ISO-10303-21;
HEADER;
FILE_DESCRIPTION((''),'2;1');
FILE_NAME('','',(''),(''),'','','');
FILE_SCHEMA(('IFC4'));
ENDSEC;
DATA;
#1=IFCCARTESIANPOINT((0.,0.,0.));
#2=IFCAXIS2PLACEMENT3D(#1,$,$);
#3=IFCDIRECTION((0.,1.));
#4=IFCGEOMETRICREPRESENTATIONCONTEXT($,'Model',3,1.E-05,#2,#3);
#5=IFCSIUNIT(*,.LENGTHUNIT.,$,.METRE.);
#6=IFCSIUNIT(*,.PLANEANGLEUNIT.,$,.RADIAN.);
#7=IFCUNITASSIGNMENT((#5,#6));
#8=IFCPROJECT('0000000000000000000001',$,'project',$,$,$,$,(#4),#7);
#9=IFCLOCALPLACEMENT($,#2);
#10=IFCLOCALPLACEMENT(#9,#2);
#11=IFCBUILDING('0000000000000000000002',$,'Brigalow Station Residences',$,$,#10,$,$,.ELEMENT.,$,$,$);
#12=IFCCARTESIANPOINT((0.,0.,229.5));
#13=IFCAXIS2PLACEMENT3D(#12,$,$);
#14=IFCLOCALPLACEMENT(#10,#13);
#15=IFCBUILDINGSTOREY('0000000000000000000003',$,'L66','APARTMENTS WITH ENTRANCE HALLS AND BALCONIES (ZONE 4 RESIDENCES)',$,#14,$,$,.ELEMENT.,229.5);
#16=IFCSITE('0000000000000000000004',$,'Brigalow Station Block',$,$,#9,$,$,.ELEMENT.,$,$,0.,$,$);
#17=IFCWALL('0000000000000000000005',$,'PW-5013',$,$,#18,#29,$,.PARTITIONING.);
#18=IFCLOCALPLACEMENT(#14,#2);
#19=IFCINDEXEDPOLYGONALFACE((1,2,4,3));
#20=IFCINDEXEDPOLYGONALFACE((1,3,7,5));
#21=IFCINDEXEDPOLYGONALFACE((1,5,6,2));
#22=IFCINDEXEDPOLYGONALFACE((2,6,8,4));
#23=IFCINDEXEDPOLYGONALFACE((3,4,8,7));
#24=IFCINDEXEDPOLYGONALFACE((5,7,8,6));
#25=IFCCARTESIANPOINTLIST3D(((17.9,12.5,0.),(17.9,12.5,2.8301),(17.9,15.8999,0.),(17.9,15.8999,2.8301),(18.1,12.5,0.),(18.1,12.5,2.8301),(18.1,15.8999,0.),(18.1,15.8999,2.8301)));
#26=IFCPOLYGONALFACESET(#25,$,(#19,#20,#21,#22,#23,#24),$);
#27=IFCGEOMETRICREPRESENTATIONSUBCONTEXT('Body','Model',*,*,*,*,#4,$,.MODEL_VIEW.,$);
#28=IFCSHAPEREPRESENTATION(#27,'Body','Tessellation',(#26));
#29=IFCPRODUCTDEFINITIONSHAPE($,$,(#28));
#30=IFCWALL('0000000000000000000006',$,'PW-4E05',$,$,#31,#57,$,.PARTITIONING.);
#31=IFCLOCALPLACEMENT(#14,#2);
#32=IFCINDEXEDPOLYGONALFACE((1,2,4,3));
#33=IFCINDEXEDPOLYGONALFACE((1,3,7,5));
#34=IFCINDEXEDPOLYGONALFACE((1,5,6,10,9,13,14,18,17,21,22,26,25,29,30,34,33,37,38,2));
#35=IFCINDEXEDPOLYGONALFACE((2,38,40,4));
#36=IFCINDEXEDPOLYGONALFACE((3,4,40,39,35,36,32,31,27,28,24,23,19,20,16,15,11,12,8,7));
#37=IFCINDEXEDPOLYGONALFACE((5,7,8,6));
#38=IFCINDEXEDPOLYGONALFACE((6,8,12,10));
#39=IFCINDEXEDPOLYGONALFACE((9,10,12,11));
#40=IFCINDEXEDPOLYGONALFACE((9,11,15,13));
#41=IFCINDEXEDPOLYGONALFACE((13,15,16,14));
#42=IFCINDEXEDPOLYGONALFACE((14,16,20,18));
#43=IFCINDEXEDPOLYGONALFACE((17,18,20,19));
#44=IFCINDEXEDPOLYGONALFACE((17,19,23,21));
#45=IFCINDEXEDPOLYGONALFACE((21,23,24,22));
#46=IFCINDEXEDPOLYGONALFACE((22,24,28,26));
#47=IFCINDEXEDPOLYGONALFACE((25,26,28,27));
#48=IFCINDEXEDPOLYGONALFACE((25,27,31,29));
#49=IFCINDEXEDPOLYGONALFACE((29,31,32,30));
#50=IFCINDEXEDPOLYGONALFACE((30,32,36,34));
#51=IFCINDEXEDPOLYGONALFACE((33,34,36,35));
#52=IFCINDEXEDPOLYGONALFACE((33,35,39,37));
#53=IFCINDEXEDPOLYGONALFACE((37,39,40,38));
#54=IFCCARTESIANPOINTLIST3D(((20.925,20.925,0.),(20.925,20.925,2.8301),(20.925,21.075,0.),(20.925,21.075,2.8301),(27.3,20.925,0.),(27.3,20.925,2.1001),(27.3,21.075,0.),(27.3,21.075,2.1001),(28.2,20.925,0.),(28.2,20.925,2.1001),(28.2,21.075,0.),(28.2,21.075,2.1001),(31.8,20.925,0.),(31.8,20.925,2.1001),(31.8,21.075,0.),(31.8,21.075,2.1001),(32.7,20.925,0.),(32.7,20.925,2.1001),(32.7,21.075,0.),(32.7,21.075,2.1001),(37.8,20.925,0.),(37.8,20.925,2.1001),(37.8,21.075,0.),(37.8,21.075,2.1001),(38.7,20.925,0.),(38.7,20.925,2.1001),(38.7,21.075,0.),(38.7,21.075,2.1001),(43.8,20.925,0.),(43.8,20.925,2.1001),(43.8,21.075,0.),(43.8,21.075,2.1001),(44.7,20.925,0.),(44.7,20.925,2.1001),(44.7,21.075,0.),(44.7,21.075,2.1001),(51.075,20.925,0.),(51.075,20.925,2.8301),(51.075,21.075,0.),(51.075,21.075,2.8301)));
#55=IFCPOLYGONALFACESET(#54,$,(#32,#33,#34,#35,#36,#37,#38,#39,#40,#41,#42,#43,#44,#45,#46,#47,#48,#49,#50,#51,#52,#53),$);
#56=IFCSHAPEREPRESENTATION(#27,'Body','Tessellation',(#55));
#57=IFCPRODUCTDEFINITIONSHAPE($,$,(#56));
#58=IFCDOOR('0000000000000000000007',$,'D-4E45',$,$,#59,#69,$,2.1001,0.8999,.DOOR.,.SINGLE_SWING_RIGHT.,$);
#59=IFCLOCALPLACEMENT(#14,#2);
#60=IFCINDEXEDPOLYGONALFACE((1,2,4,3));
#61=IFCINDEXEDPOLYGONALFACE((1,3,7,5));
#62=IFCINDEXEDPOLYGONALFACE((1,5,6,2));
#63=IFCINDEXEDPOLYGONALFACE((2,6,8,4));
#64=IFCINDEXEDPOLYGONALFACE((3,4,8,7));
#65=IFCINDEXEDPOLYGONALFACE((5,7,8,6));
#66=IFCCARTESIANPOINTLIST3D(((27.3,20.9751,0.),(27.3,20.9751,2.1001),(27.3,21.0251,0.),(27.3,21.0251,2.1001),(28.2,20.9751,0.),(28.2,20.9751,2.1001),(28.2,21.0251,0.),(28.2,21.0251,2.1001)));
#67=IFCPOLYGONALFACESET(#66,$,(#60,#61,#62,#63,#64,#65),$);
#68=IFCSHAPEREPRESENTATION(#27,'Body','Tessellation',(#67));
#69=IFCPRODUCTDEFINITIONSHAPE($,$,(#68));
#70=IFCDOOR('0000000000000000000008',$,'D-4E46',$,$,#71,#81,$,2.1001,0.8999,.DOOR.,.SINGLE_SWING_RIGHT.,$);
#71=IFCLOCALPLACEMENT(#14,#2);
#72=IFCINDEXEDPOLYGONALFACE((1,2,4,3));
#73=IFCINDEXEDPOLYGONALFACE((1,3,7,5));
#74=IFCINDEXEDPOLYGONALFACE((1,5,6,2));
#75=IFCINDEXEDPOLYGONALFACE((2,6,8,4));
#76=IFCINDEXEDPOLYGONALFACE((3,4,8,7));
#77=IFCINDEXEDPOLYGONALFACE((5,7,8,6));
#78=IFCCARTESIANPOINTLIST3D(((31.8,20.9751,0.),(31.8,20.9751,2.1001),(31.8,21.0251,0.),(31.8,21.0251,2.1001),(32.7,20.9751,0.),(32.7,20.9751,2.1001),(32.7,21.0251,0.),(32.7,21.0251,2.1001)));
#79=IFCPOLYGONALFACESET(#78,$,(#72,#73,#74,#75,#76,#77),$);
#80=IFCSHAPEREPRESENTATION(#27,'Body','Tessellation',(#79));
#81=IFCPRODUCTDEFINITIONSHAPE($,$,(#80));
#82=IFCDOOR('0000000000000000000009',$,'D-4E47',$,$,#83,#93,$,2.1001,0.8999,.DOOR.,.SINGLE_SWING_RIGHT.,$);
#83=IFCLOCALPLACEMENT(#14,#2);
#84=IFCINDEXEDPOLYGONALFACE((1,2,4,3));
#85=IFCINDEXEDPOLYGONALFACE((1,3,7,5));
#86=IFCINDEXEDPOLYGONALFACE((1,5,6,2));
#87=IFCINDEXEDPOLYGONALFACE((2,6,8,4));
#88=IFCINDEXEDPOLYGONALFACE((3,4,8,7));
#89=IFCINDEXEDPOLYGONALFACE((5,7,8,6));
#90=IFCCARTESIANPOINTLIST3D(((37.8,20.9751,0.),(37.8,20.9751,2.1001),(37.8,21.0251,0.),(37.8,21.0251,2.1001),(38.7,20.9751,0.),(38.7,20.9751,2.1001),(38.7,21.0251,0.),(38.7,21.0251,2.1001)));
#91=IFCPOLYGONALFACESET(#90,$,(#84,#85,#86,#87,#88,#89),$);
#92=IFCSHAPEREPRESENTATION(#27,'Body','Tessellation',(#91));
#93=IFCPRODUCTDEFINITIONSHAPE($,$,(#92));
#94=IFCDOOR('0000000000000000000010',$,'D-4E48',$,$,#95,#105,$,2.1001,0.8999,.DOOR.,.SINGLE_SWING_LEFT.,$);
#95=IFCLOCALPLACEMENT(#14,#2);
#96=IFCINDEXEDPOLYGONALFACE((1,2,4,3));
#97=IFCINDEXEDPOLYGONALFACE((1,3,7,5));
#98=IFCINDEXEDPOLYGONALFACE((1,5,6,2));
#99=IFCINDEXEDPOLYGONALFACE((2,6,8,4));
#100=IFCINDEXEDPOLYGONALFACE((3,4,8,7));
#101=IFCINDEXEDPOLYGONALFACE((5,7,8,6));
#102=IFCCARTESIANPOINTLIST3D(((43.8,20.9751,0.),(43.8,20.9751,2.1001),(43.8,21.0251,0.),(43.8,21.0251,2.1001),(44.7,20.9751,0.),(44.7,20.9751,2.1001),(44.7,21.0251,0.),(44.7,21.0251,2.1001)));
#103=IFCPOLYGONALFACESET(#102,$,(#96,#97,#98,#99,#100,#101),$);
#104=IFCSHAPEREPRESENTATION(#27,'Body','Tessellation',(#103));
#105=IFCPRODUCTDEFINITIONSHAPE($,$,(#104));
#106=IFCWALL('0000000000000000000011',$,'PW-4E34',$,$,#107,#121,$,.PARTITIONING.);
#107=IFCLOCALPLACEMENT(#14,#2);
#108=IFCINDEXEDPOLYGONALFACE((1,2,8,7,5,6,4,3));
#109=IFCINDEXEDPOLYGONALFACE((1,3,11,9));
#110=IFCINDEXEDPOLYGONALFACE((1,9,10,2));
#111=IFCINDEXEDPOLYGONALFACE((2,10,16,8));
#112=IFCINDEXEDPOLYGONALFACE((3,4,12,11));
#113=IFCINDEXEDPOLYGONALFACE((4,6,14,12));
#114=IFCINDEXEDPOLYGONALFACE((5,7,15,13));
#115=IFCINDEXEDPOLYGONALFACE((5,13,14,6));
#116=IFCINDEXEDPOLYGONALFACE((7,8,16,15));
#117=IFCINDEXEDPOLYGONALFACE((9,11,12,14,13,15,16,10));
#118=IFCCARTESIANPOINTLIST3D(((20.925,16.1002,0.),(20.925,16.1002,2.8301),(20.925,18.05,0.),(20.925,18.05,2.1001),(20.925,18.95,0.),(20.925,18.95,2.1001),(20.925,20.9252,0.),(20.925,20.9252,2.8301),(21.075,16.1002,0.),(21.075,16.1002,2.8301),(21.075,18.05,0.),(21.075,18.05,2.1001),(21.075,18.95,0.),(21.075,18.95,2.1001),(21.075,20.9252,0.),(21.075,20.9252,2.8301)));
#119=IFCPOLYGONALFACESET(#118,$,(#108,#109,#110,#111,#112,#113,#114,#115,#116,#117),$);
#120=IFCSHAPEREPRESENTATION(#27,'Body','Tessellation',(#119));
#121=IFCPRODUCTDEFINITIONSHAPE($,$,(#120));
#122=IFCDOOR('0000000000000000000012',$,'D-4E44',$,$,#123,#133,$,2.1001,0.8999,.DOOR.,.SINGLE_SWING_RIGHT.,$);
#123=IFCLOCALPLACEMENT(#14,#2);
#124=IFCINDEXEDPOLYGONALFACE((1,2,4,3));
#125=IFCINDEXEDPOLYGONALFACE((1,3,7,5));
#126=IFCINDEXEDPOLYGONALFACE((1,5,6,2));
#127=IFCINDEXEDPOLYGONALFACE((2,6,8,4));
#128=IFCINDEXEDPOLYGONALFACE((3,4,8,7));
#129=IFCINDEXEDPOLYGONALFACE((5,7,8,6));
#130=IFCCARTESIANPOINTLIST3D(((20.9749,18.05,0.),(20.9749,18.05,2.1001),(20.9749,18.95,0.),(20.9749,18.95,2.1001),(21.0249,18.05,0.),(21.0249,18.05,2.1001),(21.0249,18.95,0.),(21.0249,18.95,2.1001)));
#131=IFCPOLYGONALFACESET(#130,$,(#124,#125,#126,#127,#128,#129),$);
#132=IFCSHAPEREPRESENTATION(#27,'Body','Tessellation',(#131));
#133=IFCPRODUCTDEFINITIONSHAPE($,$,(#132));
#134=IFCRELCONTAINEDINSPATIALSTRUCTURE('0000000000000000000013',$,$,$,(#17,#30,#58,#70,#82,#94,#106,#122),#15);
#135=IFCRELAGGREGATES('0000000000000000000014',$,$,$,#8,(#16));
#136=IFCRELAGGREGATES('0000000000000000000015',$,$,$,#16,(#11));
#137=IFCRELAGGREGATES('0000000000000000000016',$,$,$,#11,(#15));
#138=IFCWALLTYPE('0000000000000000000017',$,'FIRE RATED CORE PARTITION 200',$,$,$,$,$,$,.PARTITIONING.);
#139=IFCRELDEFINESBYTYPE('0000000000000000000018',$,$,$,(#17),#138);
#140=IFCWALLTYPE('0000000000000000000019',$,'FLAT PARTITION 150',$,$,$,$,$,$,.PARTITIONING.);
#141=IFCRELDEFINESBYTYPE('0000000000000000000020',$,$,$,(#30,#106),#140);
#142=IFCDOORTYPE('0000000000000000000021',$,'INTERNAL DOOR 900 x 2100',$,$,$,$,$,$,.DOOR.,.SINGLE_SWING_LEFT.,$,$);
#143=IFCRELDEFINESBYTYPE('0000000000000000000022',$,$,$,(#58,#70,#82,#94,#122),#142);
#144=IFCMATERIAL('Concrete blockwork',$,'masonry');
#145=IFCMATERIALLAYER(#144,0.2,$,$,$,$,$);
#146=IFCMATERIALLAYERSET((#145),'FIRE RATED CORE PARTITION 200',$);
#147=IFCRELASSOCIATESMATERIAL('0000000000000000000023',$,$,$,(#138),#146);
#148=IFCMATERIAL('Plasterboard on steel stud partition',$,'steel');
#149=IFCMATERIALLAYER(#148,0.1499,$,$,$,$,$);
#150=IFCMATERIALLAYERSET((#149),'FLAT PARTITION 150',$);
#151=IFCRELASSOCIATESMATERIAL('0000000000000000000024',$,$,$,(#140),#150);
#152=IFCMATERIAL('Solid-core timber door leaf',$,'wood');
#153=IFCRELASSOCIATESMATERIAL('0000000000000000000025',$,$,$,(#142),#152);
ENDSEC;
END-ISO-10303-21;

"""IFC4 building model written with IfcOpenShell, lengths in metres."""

from ifc_helpers import new_model, si_unit, direction, frame, frame_2d, origin, place, context, subcontext, project, spatial, rectangle, extrude, material, layer, layer_set, type_object, element, fill, save


model = new_model("IFC4")

# Units and contexts
model_context = context("Model", 3, precision=1e-05, world=origin(), true_north=direction((0.0, 1.0)))
body_context = subcontext(model_context, "Body", "Model", "MODEL_VIEW")
ifc_project = project(units=[si_unit("LENGTHUNIT", "METRE"), si_unit("PLANEANGLEUNIT", "RADIAN")], contexts=[model_context])

# Site, building, storey
site_placement = place(None, origin())
site = spatial("IfcSite", under=ifc_project, at=site_placement, Name="Brigalow Station Block", CompositionType="ELEMENT", RefElevation=0.0)
building_placement = place(site_placement, origin())
building = spatial("IfcBuilding", under=site, at=building_placement, Name="Brigalow Station Residences", CompositionType="ELEMENT")
storey_placement = place(building_placement, frame((0.0, 0.0, 229.5)))
storey = spatial("IfcBuildingStorey", under=building, at=storey_placement, Name="L66", Description="APARTMENTS WITH ENTRANCE HALLS AND BALCONIES (ZONE 4 RESIDENCES)", CompositionType="ELEMENT", Elevation=229.5)

# Wall
ifc_material_1 = material(Name="Concrete blockwork", Category="masonry")
ifc_layer_1 = layer(ifc_material_1, 0.2)
ifc_layer_set_1 = layer_set([ifc_layer_1], Name="FIRE RATED CORE PARTITION 200")
wall_type_1 = type_object("IfcWallType", Name="FIRE RATED CORE PARTITION 200", PredefinedType="PARTITIONING", material=ifc_layer_set_1)
wall_1_placement = place(storey_placement, frame((18.0, 12.5, 0.0), z_axis=(0.0, 0.0, 1.0), x_axis=(0.0, 1.0, 0.0)))
element("IfcWall", 1, at=wall_1_placement, inside=storey, type_object=wall_type_1, Name="PW-5013", PredefinedType="PARTITIONING", context=body_context, shape_type="SweptSolid", body=[
    extrude(rectangle(XDim=3.3999, YDim=0.2, at=frame_2d((1.7, 0.0))), origin(), (0.0, 0.0, 1.0), 2.8301),
])

# Wall, openings, doors
ifc_material_2 = material(Name="Plasterboard on steel stud partition", Category="steel")
ifc_layer_2 = layer(ifc_material_2, 0.1499)
ifc_layer_set_2 = layer_set([ifc_layer_2], Name="FLAT PARTITION 150")
wall_type_2 = type_object("IfcWallType", Name="FLAT PARTITION 150", PredefinedType="PARTITIONING", material=ifc_layer_set_2)
wall_2_placement = place(storey_placement, frame((20.925, 21.0, 0.0), z_axis=(0.0, 0.0, 1.0), x_axis=(1.0, 0.0, 0.0)))
wall_2 = element("IfcWall", 2, at=wall_2_placement, inside=storey, type_object=wall_type_2, Name="PW-4E05", PredefinedType="PARTITIONING", context=body_context, shape_type="SweptSolid", body=[
    extrude(rectangle(XDim=30.1499, YDim=0.1499, at=frame_2d((15.075, 0.0))), origin(), (0.0, 0.0, 1.0), 2.8301),
])
opening_1_placement = place(wall_2_placement, frame((6.375, 0.0, 0.0)))
opening_1 = element("IfcOpeningElement", 3, at=opening_1_placement, cuts=wall_2, PredefinedType="OPENING", context=body_context, shape_type="SweptSolid", body=[
    extrude(rectangle(XDim=0.8999, YDim=2.1001, at=frame_2d((0.45, 1.05))), frame((0.0, 0.085, 0.0), z_axis=(0.0, -1.0, 0.0), x_axis=(1.0, 0.0, 0.0)), (0.0, 0.0, 1.0), 0.1699),
])
opening_2_placement = place(wall_2_placement, frame((10.875, 0.0, 0.0)))
opening_2 = element("IfcOpeningElement", 4, at=opening_2_placement, cuts=wall_2, PredefinedType="OPENING", context=body_context, shape_type="SweptSolid", body=[
    extrude(rectangle(XDim=0.8999, YDim=2.1001, at=frame_2d((0.45, 1.05))), frame((0.0, 0.085, 0.0), z_axis=(0.0, -1.0, 0.0), x_axis=(1.0, 0.0, 0.0)), (0.0, 0.0, 1.0), 0.1699),
])
opening_3_placement = place(wall_2_placement, frame((16.875, 0.0, 0.0)))
opening_3 = element("IfcOpeningElement", 5, at=opening_3_placement, cuts=wall_2, PredefinedType="OPENING", context=body_context, shape_type="SweptSolid", body=[
    extrude(rectangle(XDim=0.8999, YDim=2.1001, at=frame_2d((0.45, 1.05))), frame((0.0, 0.085, 0.0), z_axis=(0.0, -1.0, 0.0), x_axis=(1.0, 0.0, 0.0)), (0.0, 0.0, 1.0), 0.1699),
])
opening_4_placement = place(wall_2_placement, frame((22.875, 0.0, 0.0)))
opening_4 = element("IfcOpeningElement", 6, at=opening_4_placement, cuts=wall_2, PredefinedType="OPENING", context=body_context, shape_type="SweptSolid", body=[
    extrude(rectangle(XDim=0.8999, YDim=2.1001, at=frame_2d((0.45, 1.05))), frame((0.0, 0.085, 0.0), z_axis=(0.0, -1.0, 0.0), x_axis=(1.0, 0.0, 0.0)), (0.0, 0.0, 1.0), 0.1699),
])
ifc_material_3 = material(Name="Solid-core timber door leaf", Category="wood")
door_type_1 = type_object("IfcDoorType", Name="INTERNAL DOOR 900 x 2100", OperationType="SINGLE_SWING_LEFT", PredefinedType="DOOR", material=ifc_material_3)
door_1_placement = place(opening_1_placement, frame((0.8999, 0.0, 0.0), z_axis=(0.0, 0.0, 1.0), x_axis=(-1.0, 0.0, 0.0)))
door_1 = element("IfcDoor", 7, at=door_1_placement, inside=storey, type_object=door_type_1, Name="D-4E45", OperationType="SINGLE_SWING_RIGHT", OverallHeight=2.1001, OverallWidth=0.8999, PredefinedType="DOOR", context=body_context, shape_type="SweptSolid", body=[
    extrude(rectangle(XDim=0.8999, YDim=2.1001, at=frame_2d((0.45, 1.05))), frame((0.0, 0.0249, 0.0), z_axis=(0.0, -1.0, 0.0), x_axis=(1.0, 0.0, 0.0)), (0.0, 0.0, 1.0), 0.05),
])
fill(opening_1, door_1)
door_2_placement = place(opening_2_placement, frame((0.8999, 0.0, 0.0), z_axis=(0.0, 0.0, 1.0), x_axis=(-1.0, 0.0, 0.0)))
door_2 = element("IfcDoor", 8, at=door_2_placement, inside=storey, type_object=door_type_1, Name="D-4E46", OperationType="SINGLE_SWING_RIGHT", OverallHeight=2.1001, OverallWidth=0.8999, PredefinedType="DOOR", context=body_context, shape_type="SweptSolid", body=[
    extrude(rectangle(XDim=0.8999, YDim=2.1001, at=frame_2d((0.45, 1.05))), frame((0.0, 0.0249, 0.0), z_axis=(0.0, -1.0, 0.0), x_axis=(1.0, 0.0, 0.0)), (0.0, 0.0, 1.0), 0.05),
])
fill(opening_2, door_2)
door_3_placement = place(opening_3_placement, frame((0.8999, 0.0, 0.0), z_axis=(0.0, 0.0, 1.0), x_axis=(-1.0, 0.0, 0.0)))
door_3 = element("IfcDoor", 9, at=door_3_placement, inside=storey, type_object=door_type_1, Name="D-4E47", OperationType="SINGLE_SWING_RIGHT", OverallHeight=2.1001, OverallWidth=0.8999, PredefinedType="DOOR", context=body_context, shape_type="SweptSolid", body=[
    extrude(rectangle(XDim=0.8999, YDim=2.1001, at=frame_2d((0.45, 1.05))), frame((0.0, 0.0249, 0.0), z_axis=(0.0, -1.0, 0.0), x_axis=(1.0, 0.0, 0.0)), (0.0, 0.0, 1.0), 0.05),
])
fill(opening_3, door_3)
door_4_placement = place(opening_4_placement, frame((0.8999, 0.0, 0.0), z_axis=(0.0, 0.0, 1.0), x_axis=(-1.0, 0.0, 0.0)))
door_4 = element("IfcDoor", 10, at=door_4_placement, inside=storey, type_object=door_type_1, Name="D-4E48", OperationType="SINGLE_SWING_LEFT", OverallHeight=2.1001, OverallWidth=0.8999, PredefinedType="DOOR", context=body_context, shape_type="SweptSolid", body=[
    extrude(rectangle(XDim=0.8999, YDim=2.1001, at=frame_2d((0.45, 1.05))), frame((0.0, 0.0249, 0.0), z_axis=(0.0, -1.0, 0.0), x_axis=(1.0, 0.0, 0.0)), (0.0, 0.0, 1.0), 0.05),
])
fill(opening_4, door_4)

# Wall, opening, door
wall_3_placement = place(storey_placement, frame((21.0, 16.1001, 0.0), z_axis=(0.0, 0.0, 1.0), x_axis=(0.0, 1.0, 0.0)))
wall_3 = element("IfcWall", 11, at=wall_3_placement, inside=storey, type_object=wall_type_2, Name="PW-4E34", PredefinedType="PARTITIONING", context=body_context, shape_type="SweptSolid", body=[
    extrude(rectangle(XDim=4.825, YDim=0.1499, at=frame_2d((2.4126, 0.0))), origin(), (0.0, 0.0, 1.0), 2.8301),
])
opening_5_placement = place(wall_3_placement, frame((1.95, 0.0, 0.0)))
opening_5 = element("IfcOpeningElement", 12, at=opening_5_placement, cuts=wall_3, PredefinedType="OPENING", context=body_context, shape_type="SweptSolid", body=[
    extrude(rectangle(XDim=0.8999, YDim=2.1001, at=frame_2d((0.45, 1.05))), frame((0.0, 0.085, 0.0), z_axis=(0.0, -1.0, 0.0), x_axis=(1.0, 0.0, 0.0)), (0.0, 0.0, 1.0), 0.1699),
])
door_5_placement = place(opening_5_placement, frame((0.8999, 0.0, 0.0), z_axis=(0.0, 0.0, 1.0), x_axis=(-1.0, 0.0, 0.0)))
door_5 = element("IfcDoor", 13, at=door_5_placement, inside=storey, type_object=door_type_1, Name="D-4E44", OperationType="SINGLE_SWING_RIGHT", OverallHeight=2.1001, OverallWidth=0.8999, PredefinedType="DOOR", context=body_context, shape_type="SweptSolid", body=[
    extrude(rectangle(XDim=0.8999, YDim=2.1001, at=frame_2d((0.45, 1.05))), frame((0.0, 0.0249, 0.0), z_axis=(0.0, -1.0, 0.0), x_axis=(1.0, 0.0, 0.0)), (0.0, 0.0, 1.0), 0.05),
])
fill(opening_5, door_5)

save(model, "model.ifc")
